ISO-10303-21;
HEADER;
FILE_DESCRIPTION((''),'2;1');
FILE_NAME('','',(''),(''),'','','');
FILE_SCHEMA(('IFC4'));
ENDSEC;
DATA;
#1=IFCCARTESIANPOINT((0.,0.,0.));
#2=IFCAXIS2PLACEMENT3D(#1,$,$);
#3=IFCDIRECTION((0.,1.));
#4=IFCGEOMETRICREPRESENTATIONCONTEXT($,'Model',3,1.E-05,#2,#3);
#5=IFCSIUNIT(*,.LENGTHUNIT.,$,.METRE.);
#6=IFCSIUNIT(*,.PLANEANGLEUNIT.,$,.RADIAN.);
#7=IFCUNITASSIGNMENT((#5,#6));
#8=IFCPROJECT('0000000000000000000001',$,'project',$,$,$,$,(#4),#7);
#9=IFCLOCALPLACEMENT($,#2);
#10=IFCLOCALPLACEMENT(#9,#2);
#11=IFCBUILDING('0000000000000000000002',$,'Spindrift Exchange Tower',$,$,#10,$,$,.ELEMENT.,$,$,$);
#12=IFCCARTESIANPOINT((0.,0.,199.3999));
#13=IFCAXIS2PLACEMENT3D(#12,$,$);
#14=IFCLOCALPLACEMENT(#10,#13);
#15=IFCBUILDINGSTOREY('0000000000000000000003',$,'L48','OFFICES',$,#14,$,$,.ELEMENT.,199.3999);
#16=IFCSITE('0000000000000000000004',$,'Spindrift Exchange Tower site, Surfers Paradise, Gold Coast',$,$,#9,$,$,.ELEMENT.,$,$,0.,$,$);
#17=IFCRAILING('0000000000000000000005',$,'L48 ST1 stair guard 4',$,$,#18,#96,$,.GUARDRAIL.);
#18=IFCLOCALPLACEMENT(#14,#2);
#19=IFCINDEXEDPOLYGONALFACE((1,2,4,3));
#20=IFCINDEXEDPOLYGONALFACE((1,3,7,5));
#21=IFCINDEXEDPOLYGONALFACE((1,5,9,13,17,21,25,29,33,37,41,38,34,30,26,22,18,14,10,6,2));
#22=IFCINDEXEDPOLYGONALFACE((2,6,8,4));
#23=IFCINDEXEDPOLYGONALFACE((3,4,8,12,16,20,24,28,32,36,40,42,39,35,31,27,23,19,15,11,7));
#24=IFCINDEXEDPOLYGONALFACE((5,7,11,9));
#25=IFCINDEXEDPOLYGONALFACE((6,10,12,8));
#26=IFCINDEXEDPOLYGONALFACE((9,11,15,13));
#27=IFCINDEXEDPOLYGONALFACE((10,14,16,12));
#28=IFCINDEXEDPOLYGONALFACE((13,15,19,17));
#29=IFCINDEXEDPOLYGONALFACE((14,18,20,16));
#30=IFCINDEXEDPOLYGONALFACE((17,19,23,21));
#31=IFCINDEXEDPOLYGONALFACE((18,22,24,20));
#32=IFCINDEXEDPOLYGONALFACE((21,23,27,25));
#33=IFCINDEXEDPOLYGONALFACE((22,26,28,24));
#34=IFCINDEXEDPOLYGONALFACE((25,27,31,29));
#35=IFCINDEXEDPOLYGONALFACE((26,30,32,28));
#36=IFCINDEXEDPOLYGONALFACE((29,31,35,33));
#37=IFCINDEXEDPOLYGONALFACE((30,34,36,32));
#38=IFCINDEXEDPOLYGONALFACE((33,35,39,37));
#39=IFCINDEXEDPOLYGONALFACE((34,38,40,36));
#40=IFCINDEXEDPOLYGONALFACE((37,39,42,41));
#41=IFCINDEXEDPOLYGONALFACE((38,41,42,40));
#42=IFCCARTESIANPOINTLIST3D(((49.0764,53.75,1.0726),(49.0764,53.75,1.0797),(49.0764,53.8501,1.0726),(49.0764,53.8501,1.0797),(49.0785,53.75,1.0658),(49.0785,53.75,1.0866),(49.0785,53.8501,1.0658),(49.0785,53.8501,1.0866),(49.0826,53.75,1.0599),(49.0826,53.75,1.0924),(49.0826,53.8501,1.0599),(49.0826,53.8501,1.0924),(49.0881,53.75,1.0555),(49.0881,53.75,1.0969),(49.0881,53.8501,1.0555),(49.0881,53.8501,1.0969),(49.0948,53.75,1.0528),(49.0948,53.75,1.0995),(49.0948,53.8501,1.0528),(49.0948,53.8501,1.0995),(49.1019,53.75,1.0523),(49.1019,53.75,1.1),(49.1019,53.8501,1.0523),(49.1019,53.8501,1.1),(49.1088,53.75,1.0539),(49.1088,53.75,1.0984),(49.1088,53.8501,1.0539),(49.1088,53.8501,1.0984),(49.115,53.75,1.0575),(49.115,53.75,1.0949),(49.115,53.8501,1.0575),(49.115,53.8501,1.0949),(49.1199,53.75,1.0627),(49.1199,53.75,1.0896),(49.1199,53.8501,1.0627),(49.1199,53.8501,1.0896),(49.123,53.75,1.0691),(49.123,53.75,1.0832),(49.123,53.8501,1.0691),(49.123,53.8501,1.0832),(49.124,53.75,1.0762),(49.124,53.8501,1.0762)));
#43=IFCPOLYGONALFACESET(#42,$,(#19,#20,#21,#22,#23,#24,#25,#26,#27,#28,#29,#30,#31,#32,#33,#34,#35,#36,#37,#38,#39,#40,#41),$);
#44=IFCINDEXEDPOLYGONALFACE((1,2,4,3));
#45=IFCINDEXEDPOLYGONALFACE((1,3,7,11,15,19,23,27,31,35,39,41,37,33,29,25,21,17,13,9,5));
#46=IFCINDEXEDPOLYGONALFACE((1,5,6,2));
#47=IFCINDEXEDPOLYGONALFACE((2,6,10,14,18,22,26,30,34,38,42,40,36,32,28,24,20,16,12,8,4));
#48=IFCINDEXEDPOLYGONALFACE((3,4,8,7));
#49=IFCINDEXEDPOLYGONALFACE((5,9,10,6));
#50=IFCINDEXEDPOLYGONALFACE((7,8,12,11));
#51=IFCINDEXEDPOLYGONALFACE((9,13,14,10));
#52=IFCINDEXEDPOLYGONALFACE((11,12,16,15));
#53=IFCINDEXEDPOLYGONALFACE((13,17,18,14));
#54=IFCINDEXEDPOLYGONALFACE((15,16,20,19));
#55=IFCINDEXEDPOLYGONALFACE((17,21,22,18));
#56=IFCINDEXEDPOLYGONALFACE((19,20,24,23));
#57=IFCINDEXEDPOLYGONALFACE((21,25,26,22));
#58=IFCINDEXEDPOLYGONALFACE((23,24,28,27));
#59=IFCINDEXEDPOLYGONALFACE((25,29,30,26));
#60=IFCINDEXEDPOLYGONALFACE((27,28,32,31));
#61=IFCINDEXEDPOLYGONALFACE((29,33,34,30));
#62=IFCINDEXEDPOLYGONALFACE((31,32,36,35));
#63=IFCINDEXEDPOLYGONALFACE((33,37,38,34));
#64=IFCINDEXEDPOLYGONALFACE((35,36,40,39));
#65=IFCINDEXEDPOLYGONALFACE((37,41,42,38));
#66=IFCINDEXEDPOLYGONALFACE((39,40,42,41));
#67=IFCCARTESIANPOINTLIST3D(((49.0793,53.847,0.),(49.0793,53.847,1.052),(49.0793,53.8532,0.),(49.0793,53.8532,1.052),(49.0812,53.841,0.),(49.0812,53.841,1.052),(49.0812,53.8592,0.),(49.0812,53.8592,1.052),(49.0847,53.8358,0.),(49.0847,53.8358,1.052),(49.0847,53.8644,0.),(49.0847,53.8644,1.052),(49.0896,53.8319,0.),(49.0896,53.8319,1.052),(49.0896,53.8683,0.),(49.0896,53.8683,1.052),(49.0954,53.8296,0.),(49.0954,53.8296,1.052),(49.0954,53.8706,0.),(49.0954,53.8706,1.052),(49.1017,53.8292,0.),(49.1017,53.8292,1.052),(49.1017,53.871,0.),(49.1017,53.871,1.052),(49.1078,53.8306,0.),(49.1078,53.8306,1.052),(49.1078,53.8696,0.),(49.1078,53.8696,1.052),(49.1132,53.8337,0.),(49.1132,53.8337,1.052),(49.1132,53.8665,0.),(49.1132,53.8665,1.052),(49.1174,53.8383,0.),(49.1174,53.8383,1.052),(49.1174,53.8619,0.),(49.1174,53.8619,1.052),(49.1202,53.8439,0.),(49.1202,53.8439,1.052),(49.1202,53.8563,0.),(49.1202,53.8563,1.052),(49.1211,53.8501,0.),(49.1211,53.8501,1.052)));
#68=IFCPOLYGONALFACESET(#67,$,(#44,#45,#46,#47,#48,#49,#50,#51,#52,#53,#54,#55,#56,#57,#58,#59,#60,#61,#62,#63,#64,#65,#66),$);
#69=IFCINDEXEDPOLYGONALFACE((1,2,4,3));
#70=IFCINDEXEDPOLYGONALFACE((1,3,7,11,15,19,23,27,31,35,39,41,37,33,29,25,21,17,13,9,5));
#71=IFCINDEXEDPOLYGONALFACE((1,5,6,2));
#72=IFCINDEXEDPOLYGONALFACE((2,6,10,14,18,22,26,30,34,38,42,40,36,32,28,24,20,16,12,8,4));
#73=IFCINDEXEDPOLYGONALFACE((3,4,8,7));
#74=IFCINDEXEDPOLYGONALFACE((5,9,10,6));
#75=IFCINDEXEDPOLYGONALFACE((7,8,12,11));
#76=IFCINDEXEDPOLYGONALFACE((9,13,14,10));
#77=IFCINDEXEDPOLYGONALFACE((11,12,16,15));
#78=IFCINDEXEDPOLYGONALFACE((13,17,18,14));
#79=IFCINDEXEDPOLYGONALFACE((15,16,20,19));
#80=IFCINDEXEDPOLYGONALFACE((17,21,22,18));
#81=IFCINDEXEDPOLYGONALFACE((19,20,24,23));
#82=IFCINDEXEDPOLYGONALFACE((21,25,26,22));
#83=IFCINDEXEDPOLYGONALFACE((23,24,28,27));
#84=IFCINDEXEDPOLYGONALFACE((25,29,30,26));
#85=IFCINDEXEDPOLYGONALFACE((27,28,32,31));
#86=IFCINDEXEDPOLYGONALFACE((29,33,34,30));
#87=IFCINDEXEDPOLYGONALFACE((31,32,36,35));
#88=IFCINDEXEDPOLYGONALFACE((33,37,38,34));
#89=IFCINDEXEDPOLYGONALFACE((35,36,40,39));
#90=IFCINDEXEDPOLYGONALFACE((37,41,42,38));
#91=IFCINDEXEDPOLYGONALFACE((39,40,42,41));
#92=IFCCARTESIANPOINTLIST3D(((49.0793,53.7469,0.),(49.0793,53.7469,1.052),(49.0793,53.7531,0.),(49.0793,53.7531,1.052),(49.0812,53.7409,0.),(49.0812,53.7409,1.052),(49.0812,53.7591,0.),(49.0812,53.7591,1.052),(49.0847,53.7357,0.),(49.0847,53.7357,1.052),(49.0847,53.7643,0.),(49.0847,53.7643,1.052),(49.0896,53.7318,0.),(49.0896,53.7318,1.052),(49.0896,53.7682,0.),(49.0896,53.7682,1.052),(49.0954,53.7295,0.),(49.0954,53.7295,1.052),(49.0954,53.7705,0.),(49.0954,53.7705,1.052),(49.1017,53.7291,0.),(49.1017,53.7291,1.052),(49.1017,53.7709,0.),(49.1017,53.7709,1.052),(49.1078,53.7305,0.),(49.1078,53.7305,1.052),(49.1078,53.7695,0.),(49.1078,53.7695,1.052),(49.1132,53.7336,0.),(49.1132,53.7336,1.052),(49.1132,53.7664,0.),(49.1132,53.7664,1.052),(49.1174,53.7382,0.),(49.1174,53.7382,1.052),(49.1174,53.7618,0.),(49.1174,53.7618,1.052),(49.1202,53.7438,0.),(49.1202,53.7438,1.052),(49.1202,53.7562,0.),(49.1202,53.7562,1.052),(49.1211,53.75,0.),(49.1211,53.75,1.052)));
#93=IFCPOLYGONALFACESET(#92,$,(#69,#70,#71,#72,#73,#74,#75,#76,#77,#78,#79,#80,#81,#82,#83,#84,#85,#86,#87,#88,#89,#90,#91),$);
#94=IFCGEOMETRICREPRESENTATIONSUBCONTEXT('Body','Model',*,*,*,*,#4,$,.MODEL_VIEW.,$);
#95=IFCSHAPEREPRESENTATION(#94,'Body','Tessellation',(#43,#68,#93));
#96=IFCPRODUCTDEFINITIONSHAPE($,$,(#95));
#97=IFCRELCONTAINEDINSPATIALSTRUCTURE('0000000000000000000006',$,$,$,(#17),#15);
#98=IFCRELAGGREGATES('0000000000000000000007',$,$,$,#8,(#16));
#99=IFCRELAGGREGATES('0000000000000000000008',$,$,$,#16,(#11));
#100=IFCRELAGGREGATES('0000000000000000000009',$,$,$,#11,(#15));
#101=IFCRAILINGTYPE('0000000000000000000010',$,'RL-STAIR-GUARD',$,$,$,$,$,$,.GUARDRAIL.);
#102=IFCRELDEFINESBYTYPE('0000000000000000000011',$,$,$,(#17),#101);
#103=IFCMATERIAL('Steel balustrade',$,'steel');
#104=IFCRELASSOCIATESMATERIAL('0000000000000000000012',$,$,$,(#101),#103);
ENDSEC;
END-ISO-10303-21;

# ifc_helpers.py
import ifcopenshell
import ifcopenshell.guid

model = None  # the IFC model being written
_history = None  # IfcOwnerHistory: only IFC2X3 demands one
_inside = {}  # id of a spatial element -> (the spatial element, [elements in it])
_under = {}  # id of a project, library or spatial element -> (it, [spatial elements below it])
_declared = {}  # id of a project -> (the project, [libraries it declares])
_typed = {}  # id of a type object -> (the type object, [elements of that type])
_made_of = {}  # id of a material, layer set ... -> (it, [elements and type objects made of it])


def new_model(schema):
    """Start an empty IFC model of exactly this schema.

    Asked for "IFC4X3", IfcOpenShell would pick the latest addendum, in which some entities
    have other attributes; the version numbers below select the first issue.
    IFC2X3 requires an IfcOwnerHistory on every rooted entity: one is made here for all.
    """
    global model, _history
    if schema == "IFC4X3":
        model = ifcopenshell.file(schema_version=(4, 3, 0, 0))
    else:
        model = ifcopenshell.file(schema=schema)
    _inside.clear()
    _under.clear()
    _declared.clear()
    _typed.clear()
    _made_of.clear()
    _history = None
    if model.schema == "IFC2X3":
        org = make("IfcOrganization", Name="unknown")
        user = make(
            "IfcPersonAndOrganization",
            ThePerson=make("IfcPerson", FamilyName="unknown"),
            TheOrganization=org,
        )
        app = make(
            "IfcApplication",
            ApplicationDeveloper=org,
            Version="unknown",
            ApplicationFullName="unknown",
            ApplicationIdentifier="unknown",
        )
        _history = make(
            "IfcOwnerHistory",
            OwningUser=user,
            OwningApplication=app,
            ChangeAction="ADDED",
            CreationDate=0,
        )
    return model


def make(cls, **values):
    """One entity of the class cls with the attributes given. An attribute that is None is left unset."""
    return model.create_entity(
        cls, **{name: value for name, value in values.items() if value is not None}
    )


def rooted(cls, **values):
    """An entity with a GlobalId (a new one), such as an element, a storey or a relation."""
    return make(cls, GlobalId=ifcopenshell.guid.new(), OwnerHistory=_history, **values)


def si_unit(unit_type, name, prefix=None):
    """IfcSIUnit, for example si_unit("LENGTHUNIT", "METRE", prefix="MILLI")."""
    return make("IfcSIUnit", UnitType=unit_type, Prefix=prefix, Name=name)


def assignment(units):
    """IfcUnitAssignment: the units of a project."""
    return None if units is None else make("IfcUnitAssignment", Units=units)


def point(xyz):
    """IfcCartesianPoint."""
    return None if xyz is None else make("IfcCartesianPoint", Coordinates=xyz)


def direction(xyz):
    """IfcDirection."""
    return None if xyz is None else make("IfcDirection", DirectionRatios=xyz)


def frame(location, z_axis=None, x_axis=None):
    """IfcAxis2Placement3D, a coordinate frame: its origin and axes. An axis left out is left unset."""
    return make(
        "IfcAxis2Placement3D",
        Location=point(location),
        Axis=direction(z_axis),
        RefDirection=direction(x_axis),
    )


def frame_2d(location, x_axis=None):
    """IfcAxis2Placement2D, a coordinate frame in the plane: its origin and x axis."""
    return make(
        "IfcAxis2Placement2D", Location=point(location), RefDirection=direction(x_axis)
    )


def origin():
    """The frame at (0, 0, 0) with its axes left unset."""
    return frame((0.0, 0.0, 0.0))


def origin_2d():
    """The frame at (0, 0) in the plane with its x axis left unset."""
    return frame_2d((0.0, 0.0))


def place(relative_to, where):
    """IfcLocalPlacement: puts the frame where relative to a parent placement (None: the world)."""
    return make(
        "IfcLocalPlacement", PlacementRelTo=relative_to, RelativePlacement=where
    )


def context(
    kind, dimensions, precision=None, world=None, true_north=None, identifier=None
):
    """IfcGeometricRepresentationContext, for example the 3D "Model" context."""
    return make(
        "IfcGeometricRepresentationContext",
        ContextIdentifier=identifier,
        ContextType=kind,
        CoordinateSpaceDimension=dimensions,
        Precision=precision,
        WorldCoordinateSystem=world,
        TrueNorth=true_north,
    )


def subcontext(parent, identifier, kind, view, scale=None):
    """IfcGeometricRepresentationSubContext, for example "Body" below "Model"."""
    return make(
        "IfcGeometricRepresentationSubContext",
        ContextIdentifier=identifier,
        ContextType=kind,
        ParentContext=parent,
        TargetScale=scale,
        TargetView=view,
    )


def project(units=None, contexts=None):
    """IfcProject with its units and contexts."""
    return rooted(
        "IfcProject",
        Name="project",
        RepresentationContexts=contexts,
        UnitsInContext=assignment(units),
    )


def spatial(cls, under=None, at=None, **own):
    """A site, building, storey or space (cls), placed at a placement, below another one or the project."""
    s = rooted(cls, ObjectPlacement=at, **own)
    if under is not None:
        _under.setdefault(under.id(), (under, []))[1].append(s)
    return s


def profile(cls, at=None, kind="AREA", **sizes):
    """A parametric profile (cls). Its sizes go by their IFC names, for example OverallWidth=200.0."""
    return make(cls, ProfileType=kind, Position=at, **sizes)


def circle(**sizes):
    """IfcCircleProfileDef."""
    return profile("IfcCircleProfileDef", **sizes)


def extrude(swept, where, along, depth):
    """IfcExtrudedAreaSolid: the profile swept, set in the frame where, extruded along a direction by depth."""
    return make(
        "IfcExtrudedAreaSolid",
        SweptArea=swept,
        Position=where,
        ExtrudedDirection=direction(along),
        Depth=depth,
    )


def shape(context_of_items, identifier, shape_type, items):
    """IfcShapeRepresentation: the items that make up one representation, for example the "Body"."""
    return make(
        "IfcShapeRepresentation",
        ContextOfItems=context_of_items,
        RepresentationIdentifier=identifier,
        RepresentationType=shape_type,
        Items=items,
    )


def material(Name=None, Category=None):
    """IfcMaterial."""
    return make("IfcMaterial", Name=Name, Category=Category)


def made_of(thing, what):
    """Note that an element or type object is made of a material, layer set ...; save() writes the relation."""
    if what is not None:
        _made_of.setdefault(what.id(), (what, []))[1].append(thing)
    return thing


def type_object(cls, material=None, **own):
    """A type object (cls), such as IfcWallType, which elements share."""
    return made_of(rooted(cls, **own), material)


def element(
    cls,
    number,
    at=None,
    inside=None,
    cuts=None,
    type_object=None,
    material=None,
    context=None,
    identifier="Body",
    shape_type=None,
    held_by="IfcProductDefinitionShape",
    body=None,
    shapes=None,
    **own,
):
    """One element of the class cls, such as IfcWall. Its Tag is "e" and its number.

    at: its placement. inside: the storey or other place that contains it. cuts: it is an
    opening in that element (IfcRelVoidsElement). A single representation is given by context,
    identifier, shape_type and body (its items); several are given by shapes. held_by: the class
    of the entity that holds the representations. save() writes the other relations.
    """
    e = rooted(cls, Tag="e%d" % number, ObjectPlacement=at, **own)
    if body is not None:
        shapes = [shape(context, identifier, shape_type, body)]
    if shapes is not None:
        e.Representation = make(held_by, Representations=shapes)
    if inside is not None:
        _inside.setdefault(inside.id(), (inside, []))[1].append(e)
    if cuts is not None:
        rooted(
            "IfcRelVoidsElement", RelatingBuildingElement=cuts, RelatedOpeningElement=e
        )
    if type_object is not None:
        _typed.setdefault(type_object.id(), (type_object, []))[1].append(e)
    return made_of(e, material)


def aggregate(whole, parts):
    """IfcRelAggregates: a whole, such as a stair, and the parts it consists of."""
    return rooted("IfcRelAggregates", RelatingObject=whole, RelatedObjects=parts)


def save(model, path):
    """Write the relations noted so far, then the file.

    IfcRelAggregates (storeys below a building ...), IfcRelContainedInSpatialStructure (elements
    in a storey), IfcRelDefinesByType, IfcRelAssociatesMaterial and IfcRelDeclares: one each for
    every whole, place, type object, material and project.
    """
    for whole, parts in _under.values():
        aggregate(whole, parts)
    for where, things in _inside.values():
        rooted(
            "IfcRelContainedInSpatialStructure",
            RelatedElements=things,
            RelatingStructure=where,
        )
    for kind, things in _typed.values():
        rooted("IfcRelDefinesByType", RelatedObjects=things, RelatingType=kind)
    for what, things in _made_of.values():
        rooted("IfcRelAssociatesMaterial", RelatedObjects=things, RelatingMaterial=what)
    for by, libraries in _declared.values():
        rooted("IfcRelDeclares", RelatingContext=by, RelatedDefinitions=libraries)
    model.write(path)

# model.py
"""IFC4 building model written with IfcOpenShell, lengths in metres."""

from ifc_helpers import new_model, si_unit, direction, frame, origin, origin_2d, place, context, subcontext, project, spatial, circle, extrude, material, type_object, element, save


model = new_model("IFC4")

# Units and contexts
model_context = context("Model", 3, precision=1e-05, world=origin(), true_north=direction((0.0, 1.0)))
body_context = subcontext(model_context, "Body", "Model", "MODEL_VIEW")
ifc_project = project(units=[si_unit("LENGTHUNIT", "METRE"), si_unit("PLANEANGLEUNIT", "RADIAN")], contexts=[model_context])

# Site, building, storey
site_placement = place(None, origin())
site = spatial("IfcSite", under=ifc_project, at=site_placement, Name="Spindrift Exchange Tower site, Surfers Paradise, Gold Coast", CompositionType="ELEMENT", RefElevation=0.0)
building_placement = place(site_placement, origin())
building = spatial("IfcBuilding", under=site, at=building_placement, Name="Spindrift Exchange Tower", CompositionType="ELEMENT")
storey_placement = place(building_placement, frame((0.0, 0.0, 199.3999)))
storey = spatial("IfcBuildingStorey", under=building, at=storey_placement, Name="L48", Description="OFFICES", CompositionType="ELEMENT", Elevation=199.3999)

# Railing
ifc_material_1 = material(Name="Steel balustrade", Category="steel")
railing_type_1 = type_object("IfcRailingType", Name="RL-STAIR-GUARD", PredefinedType="GUARDRAIL", material=ifc_material_1)
railing_1_placement = place(storey_placement, frame((49.1001, 53.8501, 0.0)))
element("IfcRailing", 1, at=railing_1_placement, inside=storey, type_object=railing_type_1, Name="L48 ST1 stair guard 4", PredefinedType="GUARDRAIL", context=body_context, shape_type="SweptSolid", body=[
    extrude(circle(Radius=0.0239, at=origin_2d()), frame((0.0, 0.0, 1.0762), z_axis=(0.0, -1.0, 0.0), x_axis=(1.0, 0.0, 0.0)), (0.0, 0.0, 1.0), 0.1001),
    extrude(circle(Radius=0.021, at=origin_2d()), origin(), (0.0, 0.0, 1.0), 1.052),
    extrude(circle(Radius=0.021, at=origin_2d()), frame((0.0, -0.1001, 0.0)), (0.0, 0.0, 1.0), 1.052),
])

save(model, "model.ifc")
